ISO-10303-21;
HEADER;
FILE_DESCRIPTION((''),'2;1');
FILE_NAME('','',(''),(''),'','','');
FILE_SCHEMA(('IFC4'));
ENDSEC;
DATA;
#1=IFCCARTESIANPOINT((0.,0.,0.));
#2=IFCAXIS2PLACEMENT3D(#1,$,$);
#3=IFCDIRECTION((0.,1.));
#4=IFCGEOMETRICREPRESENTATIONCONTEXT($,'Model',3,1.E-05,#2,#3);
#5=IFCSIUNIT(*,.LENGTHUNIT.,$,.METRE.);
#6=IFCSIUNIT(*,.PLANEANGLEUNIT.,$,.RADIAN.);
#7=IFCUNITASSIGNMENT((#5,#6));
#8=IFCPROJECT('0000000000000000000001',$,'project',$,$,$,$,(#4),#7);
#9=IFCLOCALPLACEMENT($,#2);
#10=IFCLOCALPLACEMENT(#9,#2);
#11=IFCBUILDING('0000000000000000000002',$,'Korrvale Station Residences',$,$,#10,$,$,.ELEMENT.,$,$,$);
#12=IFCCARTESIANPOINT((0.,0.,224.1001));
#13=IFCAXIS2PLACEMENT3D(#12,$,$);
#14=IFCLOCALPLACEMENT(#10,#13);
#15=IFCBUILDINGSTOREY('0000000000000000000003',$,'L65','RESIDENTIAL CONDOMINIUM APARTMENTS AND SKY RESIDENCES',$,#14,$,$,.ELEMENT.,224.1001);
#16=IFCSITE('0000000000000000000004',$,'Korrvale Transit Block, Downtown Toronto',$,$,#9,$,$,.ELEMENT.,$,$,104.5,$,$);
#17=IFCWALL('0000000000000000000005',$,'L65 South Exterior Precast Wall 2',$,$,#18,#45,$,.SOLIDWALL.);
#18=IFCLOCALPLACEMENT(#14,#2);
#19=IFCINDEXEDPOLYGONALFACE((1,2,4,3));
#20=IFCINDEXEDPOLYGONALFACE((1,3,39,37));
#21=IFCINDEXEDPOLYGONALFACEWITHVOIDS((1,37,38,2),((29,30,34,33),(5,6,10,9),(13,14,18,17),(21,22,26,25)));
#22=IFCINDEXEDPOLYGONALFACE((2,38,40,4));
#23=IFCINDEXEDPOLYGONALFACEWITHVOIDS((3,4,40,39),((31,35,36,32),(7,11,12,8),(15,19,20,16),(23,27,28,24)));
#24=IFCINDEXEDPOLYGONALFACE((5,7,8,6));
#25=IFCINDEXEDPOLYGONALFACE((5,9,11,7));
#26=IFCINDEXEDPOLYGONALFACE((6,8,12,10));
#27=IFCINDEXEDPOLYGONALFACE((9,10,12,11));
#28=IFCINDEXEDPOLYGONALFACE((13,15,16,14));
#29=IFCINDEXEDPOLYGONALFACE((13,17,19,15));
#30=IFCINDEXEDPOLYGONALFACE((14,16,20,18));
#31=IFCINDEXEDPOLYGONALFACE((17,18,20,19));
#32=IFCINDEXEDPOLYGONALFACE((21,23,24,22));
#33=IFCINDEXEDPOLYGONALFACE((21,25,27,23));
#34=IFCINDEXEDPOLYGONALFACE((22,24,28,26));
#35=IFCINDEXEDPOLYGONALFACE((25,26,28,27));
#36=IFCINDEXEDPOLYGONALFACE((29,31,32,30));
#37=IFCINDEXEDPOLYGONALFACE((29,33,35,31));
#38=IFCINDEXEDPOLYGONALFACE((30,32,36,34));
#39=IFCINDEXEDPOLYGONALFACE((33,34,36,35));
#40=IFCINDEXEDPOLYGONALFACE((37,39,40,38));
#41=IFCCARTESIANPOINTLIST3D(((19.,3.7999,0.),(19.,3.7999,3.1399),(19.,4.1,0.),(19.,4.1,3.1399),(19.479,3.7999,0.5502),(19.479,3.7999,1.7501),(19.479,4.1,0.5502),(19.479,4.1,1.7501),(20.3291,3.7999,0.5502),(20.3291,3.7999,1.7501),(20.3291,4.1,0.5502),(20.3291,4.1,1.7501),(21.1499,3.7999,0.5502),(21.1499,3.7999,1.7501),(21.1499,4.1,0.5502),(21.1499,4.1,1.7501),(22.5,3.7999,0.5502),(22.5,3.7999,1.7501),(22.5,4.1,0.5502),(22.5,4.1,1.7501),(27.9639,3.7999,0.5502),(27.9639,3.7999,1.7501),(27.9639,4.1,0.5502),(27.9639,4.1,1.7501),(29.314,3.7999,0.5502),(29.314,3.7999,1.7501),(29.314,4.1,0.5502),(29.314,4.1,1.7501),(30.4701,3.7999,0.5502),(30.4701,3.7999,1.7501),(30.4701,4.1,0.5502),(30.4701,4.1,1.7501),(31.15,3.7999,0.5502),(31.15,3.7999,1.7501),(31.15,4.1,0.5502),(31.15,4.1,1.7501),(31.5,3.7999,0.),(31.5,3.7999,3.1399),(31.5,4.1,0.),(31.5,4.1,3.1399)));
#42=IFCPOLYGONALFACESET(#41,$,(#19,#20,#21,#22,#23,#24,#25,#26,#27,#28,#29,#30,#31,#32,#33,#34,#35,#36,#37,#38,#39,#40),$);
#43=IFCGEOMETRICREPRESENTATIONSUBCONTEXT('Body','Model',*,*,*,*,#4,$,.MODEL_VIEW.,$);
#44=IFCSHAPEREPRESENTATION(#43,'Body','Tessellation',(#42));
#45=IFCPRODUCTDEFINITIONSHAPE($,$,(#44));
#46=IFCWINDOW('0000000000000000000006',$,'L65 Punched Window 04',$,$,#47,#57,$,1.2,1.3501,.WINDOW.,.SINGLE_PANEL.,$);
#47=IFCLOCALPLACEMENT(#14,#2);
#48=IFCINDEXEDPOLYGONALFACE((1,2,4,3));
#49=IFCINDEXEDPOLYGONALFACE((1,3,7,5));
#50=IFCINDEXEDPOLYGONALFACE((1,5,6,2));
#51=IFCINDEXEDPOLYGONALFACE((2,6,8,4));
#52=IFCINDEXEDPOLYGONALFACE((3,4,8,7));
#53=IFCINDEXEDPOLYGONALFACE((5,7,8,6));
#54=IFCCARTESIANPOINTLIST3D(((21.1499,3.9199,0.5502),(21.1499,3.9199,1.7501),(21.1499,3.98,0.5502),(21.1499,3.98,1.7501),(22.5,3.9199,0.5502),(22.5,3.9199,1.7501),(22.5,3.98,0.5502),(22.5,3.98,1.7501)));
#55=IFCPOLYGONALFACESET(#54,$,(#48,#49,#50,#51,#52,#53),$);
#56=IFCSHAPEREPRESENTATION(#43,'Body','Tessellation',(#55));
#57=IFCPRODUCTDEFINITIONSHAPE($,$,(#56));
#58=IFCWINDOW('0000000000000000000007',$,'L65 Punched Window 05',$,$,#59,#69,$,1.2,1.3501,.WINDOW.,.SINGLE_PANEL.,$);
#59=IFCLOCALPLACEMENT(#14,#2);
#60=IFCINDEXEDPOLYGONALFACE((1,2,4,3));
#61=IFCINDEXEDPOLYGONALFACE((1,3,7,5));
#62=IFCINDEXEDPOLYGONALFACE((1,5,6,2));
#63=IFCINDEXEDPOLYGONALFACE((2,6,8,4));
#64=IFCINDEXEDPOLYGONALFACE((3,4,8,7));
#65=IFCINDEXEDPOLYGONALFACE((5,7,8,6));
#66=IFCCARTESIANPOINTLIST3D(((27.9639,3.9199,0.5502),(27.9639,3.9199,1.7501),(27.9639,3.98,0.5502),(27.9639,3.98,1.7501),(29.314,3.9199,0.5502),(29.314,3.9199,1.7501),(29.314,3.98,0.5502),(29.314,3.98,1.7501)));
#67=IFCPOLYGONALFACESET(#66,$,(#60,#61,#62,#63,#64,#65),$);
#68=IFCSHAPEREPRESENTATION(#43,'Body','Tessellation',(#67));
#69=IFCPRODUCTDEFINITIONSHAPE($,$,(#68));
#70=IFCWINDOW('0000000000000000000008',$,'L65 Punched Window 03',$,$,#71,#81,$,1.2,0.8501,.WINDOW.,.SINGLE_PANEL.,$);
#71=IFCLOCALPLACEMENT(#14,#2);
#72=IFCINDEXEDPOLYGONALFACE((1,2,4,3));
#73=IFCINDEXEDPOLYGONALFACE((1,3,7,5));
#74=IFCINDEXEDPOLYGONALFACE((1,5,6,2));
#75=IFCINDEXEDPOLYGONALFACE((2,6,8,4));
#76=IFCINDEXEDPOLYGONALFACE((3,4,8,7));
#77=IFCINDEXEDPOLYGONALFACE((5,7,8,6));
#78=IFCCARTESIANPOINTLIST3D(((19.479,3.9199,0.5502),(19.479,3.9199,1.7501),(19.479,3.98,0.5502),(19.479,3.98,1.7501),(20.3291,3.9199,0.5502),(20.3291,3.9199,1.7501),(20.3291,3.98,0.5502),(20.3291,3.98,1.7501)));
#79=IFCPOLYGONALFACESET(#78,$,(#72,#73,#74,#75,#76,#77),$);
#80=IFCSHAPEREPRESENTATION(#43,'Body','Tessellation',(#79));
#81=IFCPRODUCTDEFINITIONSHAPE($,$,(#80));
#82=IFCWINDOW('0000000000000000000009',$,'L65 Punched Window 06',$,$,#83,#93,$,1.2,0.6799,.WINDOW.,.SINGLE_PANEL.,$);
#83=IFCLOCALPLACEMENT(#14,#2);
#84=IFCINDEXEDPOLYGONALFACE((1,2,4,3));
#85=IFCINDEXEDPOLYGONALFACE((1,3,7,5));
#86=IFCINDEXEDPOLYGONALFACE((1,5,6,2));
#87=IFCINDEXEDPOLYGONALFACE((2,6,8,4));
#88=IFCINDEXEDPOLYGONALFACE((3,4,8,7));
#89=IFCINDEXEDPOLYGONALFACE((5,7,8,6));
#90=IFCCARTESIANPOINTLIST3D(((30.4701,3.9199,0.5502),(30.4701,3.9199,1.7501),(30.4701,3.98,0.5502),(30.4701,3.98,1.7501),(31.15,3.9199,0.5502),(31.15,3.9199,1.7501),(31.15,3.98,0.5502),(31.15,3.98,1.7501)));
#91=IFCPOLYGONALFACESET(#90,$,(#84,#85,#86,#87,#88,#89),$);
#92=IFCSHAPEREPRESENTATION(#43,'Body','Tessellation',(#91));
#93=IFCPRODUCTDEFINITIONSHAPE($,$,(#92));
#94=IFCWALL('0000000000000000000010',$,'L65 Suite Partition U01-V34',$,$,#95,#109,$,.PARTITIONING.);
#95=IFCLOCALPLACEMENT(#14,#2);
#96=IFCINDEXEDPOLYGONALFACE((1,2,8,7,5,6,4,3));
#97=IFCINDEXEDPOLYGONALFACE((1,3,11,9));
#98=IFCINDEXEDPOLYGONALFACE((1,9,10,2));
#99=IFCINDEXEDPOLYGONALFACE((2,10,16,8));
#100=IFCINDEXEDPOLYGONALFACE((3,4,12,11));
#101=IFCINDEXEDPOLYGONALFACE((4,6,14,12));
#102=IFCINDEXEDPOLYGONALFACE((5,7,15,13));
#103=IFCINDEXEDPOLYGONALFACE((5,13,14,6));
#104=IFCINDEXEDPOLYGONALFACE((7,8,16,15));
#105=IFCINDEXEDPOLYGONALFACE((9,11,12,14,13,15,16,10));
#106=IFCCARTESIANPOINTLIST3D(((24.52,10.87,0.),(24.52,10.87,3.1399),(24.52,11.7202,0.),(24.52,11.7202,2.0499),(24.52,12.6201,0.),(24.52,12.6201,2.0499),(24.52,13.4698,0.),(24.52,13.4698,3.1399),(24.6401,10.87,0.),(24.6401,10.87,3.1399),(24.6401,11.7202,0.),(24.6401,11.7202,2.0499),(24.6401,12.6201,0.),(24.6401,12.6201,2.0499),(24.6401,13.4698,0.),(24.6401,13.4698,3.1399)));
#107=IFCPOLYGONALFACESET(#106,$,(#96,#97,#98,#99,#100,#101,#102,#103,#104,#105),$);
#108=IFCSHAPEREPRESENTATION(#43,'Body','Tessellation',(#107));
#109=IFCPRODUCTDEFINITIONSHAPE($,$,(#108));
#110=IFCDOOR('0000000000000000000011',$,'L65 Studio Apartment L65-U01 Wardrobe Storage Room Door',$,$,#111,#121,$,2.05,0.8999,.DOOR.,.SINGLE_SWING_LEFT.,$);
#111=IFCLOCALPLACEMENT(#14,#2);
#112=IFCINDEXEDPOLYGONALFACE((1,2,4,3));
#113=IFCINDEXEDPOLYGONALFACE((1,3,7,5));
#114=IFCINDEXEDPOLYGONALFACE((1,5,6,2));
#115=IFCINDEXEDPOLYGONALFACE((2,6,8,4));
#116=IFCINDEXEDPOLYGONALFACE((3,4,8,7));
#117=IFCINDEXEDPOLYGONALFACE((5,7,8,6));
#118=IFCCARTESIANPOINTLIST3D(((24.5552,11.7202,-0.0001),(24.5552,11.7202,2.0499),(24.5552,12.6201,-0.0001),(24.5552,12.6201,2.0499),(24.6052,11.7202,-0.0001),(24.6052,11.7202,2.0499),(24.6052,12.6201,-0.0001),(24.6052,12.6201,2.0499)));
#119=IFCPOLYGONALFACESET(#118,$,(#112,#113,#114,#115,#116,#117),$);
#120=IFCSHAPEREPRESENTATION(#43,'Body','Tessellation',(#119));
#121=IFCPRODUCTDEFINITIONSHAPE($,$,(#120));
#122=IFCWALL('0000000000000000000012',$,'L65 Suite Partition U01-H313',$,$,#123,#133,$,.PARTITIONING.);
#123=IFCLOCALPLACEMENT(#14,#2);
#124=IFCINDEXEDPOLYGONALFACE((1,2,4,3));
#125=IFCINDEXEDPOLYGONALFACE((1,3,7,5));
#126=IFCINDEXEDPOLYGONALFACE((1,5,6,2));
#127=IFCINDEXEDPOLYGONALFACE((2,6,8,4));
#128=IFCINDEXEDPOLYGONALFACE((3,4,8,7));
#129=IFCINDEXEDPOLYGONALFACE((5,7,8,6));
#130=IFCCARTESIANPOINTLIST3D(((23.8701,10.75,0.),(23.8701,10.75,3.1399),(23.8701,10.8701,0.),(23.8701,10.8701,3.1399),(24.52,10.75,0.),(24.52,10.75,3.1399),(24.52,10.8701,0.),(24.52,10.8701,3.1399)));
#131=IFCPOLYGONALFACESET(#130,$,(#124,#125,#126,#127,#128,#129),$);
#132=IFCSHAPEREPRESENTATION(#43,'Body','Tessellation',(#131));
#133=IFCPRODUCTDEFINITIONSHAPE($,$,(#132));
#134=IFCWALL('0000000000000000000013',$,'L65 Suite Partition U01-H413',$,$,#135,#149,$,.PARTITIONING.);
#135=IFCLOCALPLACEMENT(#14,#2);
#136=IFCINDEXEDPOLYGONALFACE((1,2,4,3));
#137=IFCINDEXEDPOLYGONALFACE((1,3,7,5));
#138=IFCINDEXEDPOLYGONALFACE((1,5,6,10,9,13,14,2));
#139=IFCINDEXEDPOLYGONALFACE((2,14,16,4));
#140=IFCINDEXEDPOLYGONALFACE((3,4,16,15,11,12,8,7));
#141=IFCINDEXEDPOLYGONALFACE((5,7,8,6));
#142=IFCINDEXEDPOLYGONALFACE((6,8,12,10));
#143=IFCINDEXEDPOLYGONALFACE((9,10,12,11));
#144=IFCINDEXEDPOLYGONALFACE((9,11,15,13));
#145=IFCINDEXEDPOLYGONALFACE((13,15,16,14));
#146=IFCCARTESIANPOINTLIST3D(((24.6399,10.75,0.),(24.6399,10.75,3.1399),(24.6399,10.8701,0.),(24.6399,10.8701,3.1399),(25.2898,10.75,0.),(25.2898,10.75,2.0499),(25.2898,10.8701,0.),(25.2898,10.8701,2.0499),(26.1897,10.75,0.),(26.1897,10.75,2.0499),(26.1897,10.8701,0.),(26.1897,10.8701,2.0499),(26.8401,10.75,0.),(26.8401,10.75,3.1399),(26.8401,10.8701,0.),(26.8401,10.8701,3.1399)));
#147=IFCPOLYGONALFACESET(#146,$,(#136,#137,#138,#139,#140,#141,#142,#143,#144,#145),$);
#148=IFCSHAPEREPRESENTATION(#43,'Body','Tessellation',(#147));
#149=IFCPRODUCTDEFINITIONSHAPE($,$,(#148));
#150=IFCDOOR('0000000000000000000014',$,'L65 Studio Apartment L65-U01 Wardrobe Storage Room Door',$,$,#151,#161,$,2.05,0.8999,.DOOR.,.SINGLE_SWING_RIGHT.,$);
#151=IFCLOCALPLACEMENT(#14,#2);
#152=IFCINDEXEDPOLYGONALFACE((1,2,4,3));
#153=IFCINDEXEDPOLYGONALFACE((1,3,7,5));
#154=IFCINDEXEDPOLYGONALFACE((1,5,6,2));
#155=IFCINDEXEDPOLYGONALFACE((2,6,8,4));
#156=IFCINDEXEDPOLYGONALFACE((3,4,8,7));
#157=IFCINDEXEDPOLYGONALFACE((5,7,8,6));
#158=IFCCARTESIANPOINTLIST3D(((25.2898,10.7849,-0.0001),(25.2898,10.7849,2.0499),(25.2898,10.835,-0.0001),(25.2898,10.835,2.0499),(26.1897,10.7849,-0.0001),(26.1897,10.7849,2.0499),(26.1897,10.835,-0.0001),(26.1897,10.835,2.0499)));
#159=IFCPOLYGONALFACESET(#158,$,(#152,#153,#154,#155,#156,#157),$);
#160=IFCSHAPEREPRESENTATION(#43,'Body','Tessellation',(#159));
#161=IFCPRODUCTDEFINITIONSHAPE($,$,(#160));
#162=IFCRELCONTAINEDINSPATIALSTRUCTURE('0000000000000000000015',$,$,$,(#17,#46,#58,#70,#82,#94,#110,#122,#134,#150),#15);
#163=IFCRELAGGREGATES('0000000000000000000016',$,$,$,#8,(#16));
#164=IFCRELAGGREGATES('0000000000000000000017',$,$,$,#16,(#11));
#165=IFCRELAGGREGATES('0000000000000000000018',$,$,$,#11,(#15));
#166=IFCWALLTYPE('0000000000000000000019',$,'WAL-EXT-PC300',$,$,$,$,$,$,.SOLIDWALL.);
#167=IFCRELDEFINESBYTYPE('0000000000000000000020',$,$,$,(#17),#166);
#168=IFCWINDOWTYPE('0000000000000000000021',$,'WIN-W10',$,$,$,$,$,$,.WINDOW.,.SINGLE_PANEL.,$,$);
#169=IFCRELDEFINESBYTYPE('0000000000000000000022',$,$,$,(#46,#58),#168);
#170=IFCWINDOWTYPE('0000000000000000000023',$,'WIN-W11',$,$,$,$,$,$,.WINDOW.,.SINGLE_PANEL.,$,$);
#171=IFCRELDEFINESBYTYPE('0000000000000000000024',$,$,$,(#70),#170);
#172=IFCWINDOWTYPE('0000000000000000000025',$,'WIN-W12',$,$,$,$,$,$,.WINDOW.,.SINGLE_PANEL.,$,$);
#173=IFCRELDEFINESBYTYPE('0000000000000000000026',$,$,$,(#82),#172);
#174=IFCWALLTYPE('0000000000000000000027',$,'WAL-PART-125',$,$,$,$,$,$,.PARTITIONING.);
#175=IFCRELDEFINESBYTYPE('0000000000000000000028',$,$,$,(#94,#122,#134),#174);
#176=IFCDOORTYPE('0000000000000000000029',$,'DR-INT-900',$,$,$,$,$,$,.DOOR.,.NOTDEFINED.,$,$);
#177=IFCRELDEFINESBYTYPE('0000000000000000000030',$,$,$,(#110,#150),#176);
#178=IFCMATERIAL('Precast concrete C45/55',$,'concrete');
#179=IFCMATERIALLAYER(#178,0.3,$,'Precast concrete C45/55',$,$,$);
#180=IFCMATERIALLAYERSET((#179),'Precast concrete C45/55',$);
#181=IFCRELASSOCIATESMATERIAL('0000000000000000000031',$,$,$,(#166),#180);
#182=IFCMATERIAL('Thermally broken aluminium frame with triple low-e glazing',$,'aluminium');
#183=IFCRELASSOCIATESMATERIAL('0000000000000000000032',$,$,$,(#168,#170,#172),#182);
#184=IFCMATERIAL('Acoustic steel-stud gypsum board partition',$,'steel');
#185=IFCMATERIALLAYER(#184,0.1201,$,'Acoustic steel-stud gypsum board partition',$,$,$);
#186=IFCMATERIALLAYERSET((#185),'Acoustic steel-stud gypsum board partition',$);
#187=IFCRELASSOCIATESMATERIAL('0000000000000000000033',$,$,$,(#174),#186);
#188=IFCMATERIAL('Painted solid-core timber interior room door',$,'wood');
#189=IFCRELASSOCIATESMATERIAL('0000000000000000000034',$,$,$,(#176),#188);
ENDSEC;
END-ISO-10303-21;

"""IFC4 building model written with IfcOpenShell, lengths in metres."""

from ifc_helpers import new_model, si_unit, direction, frame, frame_2d, origin, place, context, subcontext, project, spatial, rectangle, extrude, material, layer, layer_set, type_object, element, fill, save


model = new_model("IFC4")

# Units and contexts
model_context = context("Model", 3, precision=1e-05, world=origin(), true_north=direction((0.0, 1.0)))
body_context = subcontext(model_context, "Body", "Model", "MODEL_VIEW")
ifc_project = project(units=[si_unit("LENGTHUNIT", "METRE"), si_unit("PLANEANGLEUNIT", "RADIAN")], contexts=[model_context])

# Site, building, storey
site_placement = place(None, origin())
site = spatial("IfcSite", under=ifc_project, at=site_placement, Name="Korrvale Transit Block, Downtown Toronto", CompositionType="ELEMENT", RefElevation=104.5)
building_placement = place(site_placement, origin())
building = spatial("IfcBuilding", under=site, at=building_placement, Name="Korrvale Station Residences", CompositionType="ELEMENT")
storey_placement = place(building_placement, frame((0.0, 0.0, 224.1001)))
storey = spatial("IfcBuildingStorey", under=building, at=storey_placement, Name="L65", Description="RESIDENTIAL CONDOMINIUM APARTMENTS AND SKY RESIDENCES", CompositionType="ELEMENT", Elevation=224.1001)

# Shared definitions
ifc_material_1 = material(Name="Precast concrete C45/55", Category="concrete")

# Wall, openings, windows
ifc_layer_1 = layer(ifc_material_1, 0.3, Name="Precast concrete C45/55")
ifc_layer_set_1 = layer_set([ifc_layer_1], Name="Precast concrete C45/55")
wall_type_1 = type_object("IfcWallType", Name="WAL-EXT-PC300", PredefinedType="SOLIDWALL", material=ifc_layer_set_1)
wall_1_placement = place(storey_placement, frame((31.5, 3.95, 0.0), z_axis=(0.0, 0.0, 1.0), x_axis=(-1.0, 0.0, 0.0)))
wall_1 = element("IfcWall", 1, at=wall_1_placement, inside=storey, type_object=wall_type_1, Name="L65 South Exterior Precast Wall 2", PredefinedType="SOLIDWALL", context=body_context, shape_type="SweptSolid", body=[
    extrude(rectangle(XDim=12.5, YDim=0.3, at=frame_2d((6.25, 0.0))), origin(), (0.0, 0.0, 1.0), 3.1399),
])
opening_1_placement = place(wall_1_placement, frame((11.1709, 0.0, 0.55)))
opening_1 = element("IfcOpeningElement", 2, at=opening_1_placement, cuts=wall_1, PredefinedType="OPENING", context=body_context, shape_type="SweptSolid", body=[
    extrude(rectangle(XDim=0.8501, YDim=1.2, at=frame_2d((0.425, 0.6001))), frame((0.0, 0.1602, 0.0), z_axis=(0.0, -1.0, 0.0), x_axis=(1.0, 0.0, 0.0)), (0.0, 0.0, 1.0), 0.3201),
])
opening_2_placement = place(wall_1_placement, frame((9.0, 0.0, 0.55)))
opening_2 = element("IfcOpeningElement", 3, at=opening_2_placement, cuts=wall_1, PredefinedType="OPENING", context=body_context, shape_type="SweptSolid", body=[
    extrude(rectangle(XDim=1.3501, YDim=1.2, at=frame_2d((0.675, 0.6001))), frame((0.0, 0.1602, 0.0), z_axis=(0.0, -1.0, 0.0), x_axis=(1.0, 0.0, 0.0)), (0.0, 0.0, 1.0), 0.3201),
])
opening_3_placement = place(wall_1_placement, frame((2.186, 0.0, 0.55)))
opening_3 = element("IfcOpeningElement", 4, at=opening_3_placement, cuts=wall_1, PredefinedType="OPENING", context=body_context, shape_type="SweptSolid", body=[
    extrude(rectangle(XDim=1.3501, YDim=1.2, at=frame_2d((0.675, 0.6001))), frame((0.0, 0.1602, 0.0), z_axis=(0.0, -1.0, 0.0), x_axis=(1.0, 0.0, 0.0)), (0.0, 0.0, 1.0), 0.3201),
])
opening_4_placement = place(wall_1_placement, frame((0.3501, 0.0, 0.55)))
opening_4 = element("IfcOpeningElement", 5, at=opening_4_placement, cuts=wall_1, PredefinedType="OPENING", context=body_context, shape_type="SweptSolid", body=[
    extrude(rectangle(XDim=0.6799, YDim=1.2, at=frame_2d((0.3398, 0.6001))), frame((0.0, 0.1602, 0.0), z_axis=(0.0, -1.0, 0.0), x_axis=(1.0, 0.0, 0.0)), (0.0, 0.0, 1.0), 0.3201),
])
ifc_material_2 = material(Name="Thermally broken aluminium frame with triple low-e glazing", Category="aluminium")
window_type_1 = type_object("IfcWindowType", Name="WIN-W10", PartitioningType="SINGLE_PANEL", PredefinedType="WINDOW", material=ifc_material_2)
window_1_placement = place(opening_2_placement, origin())
window_1 = element("IfcWindow", 6, at=window_1_placement, inside=storey, type_object=window_type_1, Name="L65 Punched Window 04", OverallHeight=1.2, OverallWidth=1.3501, PartitioningType="SINGLE_PANEL", PredefinedType="WINDOW", context=body_context, shape_type="SweptSolid", body=[
    extrude(rectangle(XDim=1.3501, YDim=1.2, at=frame_2d((0.675, 0.6001))), frame((0.0, 0.03, 0.0), z_axis=(0.0, -1.0, 0.0), x_axis=(1.0, 0.0, 0.0)), (0.0, 0.0, 1.0), 0.0601),
])
fill(opening_2, window_1)
window_2_placement = place(opening_3_placement, origin())
window_2 = element("IfcWindow", 7, at=window_2_placement, inside=storey, type_object=window_type_1, Name="L65 Punched Window 05", OverallHeight=1.2, OverallWidth=1.3501, PartitioningType="SINGLE_PANEL", PredefinedType="WINDOW", context=body_context, shape_type="SweptSolid", body=[
    extrude(rectangle(XDim=1.3501, YDim=1.2, at=frame_2d((0.675, 0.6001))), frame((0.0, 0.03, 0.0), z_axis=(0.0, -1.0, 0.0), x_axis=(1.0, 0.0, 0.0)), (0.0, 0.0, 1.0), 0.0601),
])
fill(opening_3, window_2)
window_type_2 = type_object("IfcWindowType", Name="WIN-W11", PartitioningType="SINGLE_PANEL", PredefinedType="WINDOW", material=ifc_material_2)
window_3_placement = place(opening_1_placement, origin())
window_3 = element("IfcWindow", 8, at=window_3_placement, inside=storey, type_object=window_type_2, Name="L65 Punched Window 03", OverallHeight=1.2, OverallWidth=0.8501, PartitioningType="SINGLE_PANEL", PredefinedType="WINDOW", context=body_context, shape_type="SweptSolid", body=[
    extrude(rectangle(XDim=0.8501, YDim=1.2, at=frame_2d((0.425, 0.6001))), frame((0.0, 0.03, 0.0), z_axis=(0.0, -1.0, 0.0), x_axis=(1.0, 0.0, 0.0)), (0.0, 0.0, 1.0), 0.0601),
])
fill(opening_1, window_3)
window_type_3 = type_object("IfcWindowType", Name="WIN-W12", PartitioningType="SINGLE_PANEL", PredefinedType="WINDOW", material=ifc_material_2)
window_4_placement = place(opening_4_placement, origin())
window_4 = element("IfcWindow", 9, at=window_4_placement, inside=storey, type_object=window_type_3, Name="L65 Punched Window 06", OverallHeight=1.2, OverallWidth=0.6799, PartitioningType="SINGLE_PANEL", PredefinedType="WINDOW", context=body_context, shape_type="SweptSolid", body=[
    extrude(rectangle(XDim=0.6799, YDim=1.2, at=frame_2d((0.3398, 0.6001))), frame((0.0, 0.03, 0.0), z_axis=(0.0, -1.0, 0.0), x_axis=(1.0, 0.0, 0.0)), (0.0, 0.0, 1.0), 0.0601),
])
fill(opening_4, window_4)

# Wall, opening, door
ifc_material_3 = material(Name="Acoustic steel-stud gypsum board partition", Category="steel")
ifc_layer_2 = layer(ifc_material_3, 0.1201, Name="Acoustic steel-stud gypsum board partition")
ifc_layer_set_2 = layer_set([ifc_layer_2], Name="Acoustic steel-stud gypsum board partition")
wall_type_2 = type_object("IfcWallType", Name="WAL-PART-125", PredefinedType="PARTITIONING", material=ifc_layer_set_2)
wall_2_placement = place(storey_placement, frame((24.5801, 10.8701, 0.0), z_axis=(0.0, 0.0, 1.0), x_axis=(0.0, 1.0, 0.0)))
wall_2 = element("IfcWall", 10, at=wall_2_placement, inside=storey, type_object=wall_type_2, Name="L65 Suite Partition U01-V34", PredefinedType="PARTITIONING", context=body_context, shape_type="SweptSolid", body=[
    extrude(rectangle(XDim=2.5999, YDim=0.1201, at=frame_2d((1.2998, 0.0))), origin(), (0.0, 0.0, 1.0), 3.1399),
])
opening_5_placement = place(wall_2_placement, frame((0.8501, 0.0, 0.0)))
opening_5 = element("IfcOpeningElement", 11, at=opening_5_placement, cuts=wall_2, PredefinedType="OPENING", context=body_context, shape_type="SweptSolid", body=[
    extrude(rectangle(XDim=0.8999, YDim=2.05, at=frame_2d((0.45, 1.0249))), frame((0.0, 0.0701, 0.0), z_axis=(0.0, -1.0, 0.0), x_axis=(1.0, 0.0, 0.0)), (0.0, 0.0, 1.0), 0.1401),
])
ifc_material_4 = material(Name="Painted solid-core timber interior room door", Category="wood")
door_type = type_object("IfcDoorType", Name="DR-INT-900", OperationType="NOTDEFINED", PredefinedType="DOOR", material=ifc_material_4)
door_1_placement = place(opening_5_placement, origin())
door_1 = element("IfcDoor", 12, at=door_1_placement, inside=storey, type_object=door_type, Name="L65 Studio Apartment L65-U01 Wardrobe Storage Room Door", OperationType="SINGLE_SWING_LEFT", OverallHeight=2.05, OverallWidth=0.8999, PredefinedType="DOOR", context=body_context, shape_type="SweptSolid", body=[
    extrude(rectangle(XDim=0.8999, YDim=2.05, at=frame_2d((0.45, 1.0249))), frame((0.0, 0.0249, 0.0), z_axis=(0.0, -1.0, 0.0), x_axis=(1.0, 0.0, 0.0)), (0.0, 0.0, 1.0), 0.05),
])
fill(opening_5, door_1)

# Wall
wall_3_placement = place(storey_placement, frame((23.8701, 10.8101, 0.0), z_axis=(0.0, 0.0, 1.0), x_axis=(1.0, 0.0, 0.0)))
element("IfcWall", 13, at=wall_3_placement, inside=storey, type_object=wall_type_2, Name="L65 Suite Partition U01-H313", PredefinedType="PARTITIONING", context=body_context, shape_type="SweptSolid", body=[
    extrude(rectangle(XDim=0.6499, YDim=0.1201, at=frame_2d((0.325, 0.0))), origin(), (0.0, 0.0, 1.0), 3.1399),
])

# Wall, opening, door
wall_4_placement = place(storey_placement, frame((24.6399, 10.8101, 0.0), z_axis=(0.0, 0.0, 1.0), x_axis=(1.0, 0.0, 0.0)))
wall_4 = element("IfcWall", 14, at=wall_4_placement, inside=storey, type_object=wall_type_2, Name="L65 Suite Partition U01-H413", PredefinedType="PARTITIONING", context=body_context, shape_type="SweptSolid", body=[
    extrude(rectangle(XDim=2.2002, YDim=0.1201, at=frame_2d((1.1001, 0.0))), origin(), (0.0, 0.0, 1.0), 3.1399),
])
opening_6_placement = place(wall_4_placement, frame((0.6499, 0.0, 0.0)))
opening_6 = element("IfcOpeningElement", 15, at=opening_6_placement, cuts=wall_4, PredefinedType="OPENING", context=body_context, shape_type="SweptSolid", body=[
    extrude(rectangle(XDim=0.8999, YDim=2.05, at=frame_2d((0.45, 1.0249))), frame((0.0, 0.0701, 0.0), z_axis=(0.0, -1.0, 0.0), x_axis=(1.0, 0.0, 0.0)), (0.0, 0.0, 1.0), 0.1401),
])
door_2_placement = place(opening_6_placement, origin())
door_2 = element("IfcDoor", 16, at=door_2_placement, inside=storey, type_object=door_type, Name="L65 Studio Apartment L65-U01 Wardrobe Storage Room Door", OperationType="SINGLE_SWING_RIGHT", OverallHeight=2.05, OverallWidth=0.8999, PredefinedType="DOOR", context=body_context, shape_type="SweptSolid", body=[
    extrude(rectangle(XDim=0.8999, YDim=2.05, at=frame_2d((0.45, 1.0249))), frame((0.0, 0.0249, 0.0), z_axis=(0.0, -1.0, 0.0), x_axis=(1.0, 0.0, 0.0)), (0.0, 0.0, 1.0), 0.05),
])
fill(opening_6, door_2)

save(model, "model.ifc")
